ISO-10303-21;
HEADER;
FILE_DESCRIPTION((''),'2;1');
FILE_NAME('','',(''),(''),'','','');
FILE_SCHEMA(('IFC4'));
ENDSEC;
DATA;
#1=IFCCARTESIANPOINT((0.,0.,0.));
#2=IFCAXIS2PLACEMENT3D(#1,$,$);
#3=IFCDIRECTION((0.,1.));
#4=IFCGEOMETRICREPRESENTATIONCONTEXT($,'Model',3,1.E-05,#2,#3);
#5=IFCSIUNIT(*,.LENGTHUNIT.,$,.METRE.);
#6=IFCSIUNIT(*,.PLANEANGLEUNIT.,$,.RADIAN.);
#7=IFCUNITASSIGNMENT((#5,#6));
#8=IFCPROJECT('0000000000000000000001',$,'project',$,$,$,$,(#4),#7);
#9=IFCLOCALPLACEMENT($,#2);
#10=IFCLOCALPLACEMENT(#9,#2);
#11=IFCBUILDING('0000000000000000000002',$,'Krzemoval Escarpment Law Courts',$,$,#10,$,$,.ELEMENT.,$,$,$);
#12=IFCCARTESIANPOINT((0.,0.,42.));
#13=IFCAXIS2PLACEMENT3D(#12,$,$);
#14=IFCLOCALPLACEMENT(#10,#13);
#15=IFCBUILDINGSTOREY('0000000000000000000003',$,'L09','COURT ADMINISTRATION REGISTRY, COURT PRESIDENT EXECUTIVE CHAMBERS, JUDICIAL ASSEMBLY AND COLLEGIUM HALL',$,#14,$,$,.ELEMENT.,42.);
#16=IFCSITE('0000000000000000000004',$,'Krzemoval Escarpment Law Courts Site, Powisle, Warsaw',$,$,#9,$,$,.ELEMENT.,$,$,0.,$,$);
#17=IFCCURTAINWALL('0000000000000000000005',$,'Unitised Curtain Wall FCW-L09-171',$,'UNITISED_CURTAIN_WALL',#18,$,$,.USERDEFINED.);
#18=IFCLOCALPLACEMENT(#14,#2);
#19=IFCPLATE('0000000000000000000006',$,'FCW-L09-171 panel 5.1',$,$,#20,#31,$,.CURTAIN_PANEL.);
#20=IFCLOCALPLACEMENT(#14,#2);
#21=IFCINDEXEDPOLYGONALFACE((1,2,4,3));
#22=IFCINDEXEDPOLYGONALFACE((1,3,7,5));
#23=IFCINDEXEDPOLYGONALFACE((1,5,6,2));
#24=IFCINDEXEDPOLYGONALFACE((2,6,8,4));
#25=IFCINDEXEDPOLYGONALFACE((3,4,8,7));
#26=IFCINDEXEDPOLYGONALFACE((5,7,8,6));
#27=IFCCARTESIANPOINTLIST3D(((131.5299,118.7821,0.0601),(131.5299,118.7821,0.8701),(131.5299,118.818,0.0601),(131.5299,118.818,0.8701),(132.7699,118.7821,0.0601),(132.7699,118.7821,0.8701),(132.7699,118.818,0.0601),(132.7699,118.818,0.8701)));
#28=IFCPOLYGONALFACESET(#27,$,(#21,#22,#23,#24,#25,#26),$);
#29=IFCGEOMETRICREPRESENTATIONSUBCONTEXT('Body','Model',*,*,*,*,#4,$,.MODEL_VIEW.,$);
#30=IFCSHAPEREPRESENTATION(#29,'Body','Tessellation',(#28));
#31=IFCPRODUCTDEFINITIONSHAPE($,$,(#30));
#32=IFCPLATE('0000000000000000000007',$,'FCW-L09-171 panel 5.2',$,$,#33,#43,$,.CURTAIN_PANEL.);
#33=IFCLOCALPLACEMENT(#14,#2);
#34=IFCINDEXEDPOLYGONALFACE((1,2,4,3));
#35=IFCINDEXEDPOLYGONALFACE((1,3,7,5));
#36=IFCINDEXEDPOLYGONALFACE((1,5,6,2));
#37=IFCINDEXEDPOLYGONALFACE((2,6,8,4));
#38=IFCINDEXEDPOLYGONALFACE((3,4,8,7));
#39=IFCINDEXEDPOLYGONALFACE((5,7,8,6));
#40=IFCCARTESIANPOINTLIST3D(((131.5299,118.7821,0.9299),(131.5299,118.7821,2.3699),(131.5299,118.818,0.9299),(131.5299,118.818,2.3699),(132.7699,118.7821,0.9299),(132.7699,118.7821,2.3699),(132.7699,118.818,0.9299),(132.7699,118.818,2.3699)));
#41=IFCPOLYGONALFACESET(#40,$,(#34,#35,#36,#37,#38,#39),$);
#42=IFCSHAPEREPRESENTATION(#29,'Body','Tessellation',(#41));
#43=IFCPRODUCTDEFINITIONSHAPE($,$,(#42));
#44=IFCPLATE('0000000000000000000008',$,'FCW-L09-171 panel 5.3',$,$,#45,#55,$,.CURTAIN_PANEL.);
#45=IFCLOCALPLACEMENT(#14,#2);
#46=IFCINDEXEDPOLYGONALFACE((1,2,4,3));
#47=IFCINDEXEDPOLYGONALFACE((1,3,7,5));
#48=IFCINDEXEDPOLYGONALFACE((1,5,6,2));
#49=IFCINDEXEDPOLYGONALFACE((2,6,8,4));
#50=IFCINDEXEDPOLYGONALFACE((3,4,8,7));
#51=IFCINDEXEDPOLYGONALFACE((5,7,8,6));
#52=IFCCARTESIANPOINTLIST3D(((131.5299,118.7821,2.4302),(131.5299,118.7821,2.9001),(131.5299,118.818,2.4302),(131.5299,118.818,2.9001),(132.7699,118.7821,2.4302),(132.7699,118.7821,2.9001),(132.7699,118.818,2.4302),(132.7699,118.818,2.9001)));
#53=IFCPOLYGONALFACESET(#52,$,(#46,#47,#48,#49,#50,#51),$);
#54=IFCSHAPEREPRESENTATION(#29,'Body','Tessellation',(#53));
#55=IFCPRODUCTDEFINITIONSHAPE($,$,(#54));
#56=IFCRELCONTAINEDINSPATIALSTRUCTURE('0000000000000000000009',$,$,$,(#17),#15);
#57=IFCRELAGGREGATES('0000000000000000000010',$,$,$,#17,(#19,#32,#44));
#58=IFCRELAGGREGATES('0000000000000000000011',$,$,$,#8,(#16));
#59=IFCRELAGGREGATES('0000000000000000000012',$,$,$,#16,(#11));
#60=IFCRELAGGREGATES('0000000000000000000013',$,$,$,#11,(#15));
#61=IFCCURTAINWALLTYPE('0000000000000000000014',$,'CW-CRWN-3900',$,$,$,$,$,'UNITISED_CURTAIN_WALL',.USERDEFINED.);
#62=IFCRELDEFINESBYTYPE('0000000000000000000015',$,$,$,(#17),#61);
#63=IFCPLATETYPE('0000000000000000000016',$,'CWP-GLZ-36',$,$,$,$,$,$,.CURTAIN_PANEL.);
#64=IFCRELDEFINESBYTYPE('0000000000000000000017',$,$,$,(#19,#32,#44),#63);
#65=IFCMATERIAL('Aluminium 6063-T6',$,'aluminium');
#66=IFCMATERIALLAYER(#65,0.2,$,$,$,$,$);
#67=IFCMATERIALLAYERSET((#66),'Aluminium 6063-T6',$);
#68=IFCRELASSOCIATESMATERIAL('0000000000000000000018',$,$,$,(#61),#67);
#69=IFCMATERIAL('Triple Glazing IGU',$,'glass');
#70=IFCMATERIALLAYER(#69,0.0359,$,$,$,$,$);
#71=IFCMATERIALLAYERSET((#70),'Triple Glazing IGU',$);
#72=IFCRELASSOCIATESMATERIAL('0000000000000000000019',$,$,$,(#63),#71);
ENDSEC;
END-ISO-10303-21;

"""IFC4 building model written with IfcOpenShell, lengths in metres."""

from ifc_helpers import new_model, si_unit, direction, frame, origin, origin_2d, place, context, subcontext, project, spatial, rectangle, extrude, material, layer, layer_set, type_object, element, aggregate, save


model = new_model("IFC4")

# Units and contexts
model_context = context("Model", 3, precision=1e-05, world=origin(), true_north=direction((0.0, 1.0)))
body_context = subcontext(model_context, "Body", "Model", "MODEL_VIEW")
ifc_project = project(units=[si_unit("LENGTHUNIT", "METRE"), si_unit("PLANEANGLEUNIT", "RADIAN")], contexts=[model_context])

# Site, building, storey
site_placement = place(None, origin())
site = spatial("IfcSite", under=ifc_project, at=site_placement, Name="Krzemoval Escarpment Law Courts Site, Powisle, Warsaw", CompositionType="ELEMENT", RefElevation=0.0)
building_placement = place(site_placement, origin())
building = spatial("IfcBuilding", under=site, at=building_placement, Name="Krzemoval Escarpment Law Courts", CompositionType="ELEMENT")
storey_placement = place(building_placement, frame((0.0, 0.0, 42.0)))
storey = spatial("IfcBuildingStorey", under=building, at=storey_placement, Name="L09", Description="COURT ADMINISTRATION REGISTRY, COURT PRESIDENT EXECUTIVE CHAMBERS, JUDICIAL ASSEMBLY AND COLLEGIUM HALL", CompositionType="ELEMENT", Elevation=42.0)

# Curtain wall, plates
ifc_material_1 = material(Name="Aluminium 6063-T6", Category="aluminium")
ifc_layer_1 = layer(ifc_material_1, 0.2)
ifc_layer_set_1 = layer_set([ifc_layer_1], Name="Aluminium 6063-T6")
curtain_wall_type = type_object("IfcCurtainWallType", Name="CW-CRWN-3900", ElementType="UNITISED_CURTAIN_WALL", PredefinedType="USERDEFINED", material=ifc_layer_set_1)
curtain_wall_placement = place(storey_placement, origin())
curtain_wall = element("IfcCurtainWall", 1, at=curtain_wall_placement, inside=storey, type_object=curtain_wall_type, Name="Unitised Curtain Wall FCW-L09-171", ObjectType="UNITISED_CURTAIN_WALL", PredefinedType="USERDEFINED")
ifc_material_2 = material(Name="Triple Glazing IGU", Category="glass")
ifc_layer_2 = layer(ifc_material_2, 0.0359)
ifc_layer_set_2 = layer_set([ifc_layer_2], Name="Triple Glazing IGU")
plate_type = type_object("IfcPlateType", Name="CWP-GLZ-36", PredefinedType="CURTAIN_PANEL", material=ifc_layer_set_2)
plate_1_placement = place(storey_placement, frame((132.1499, 118.8, 0.0601), z_axis=(0.0, 0.0, 1.0), x_axis=(1.0, 0.0, 0.0)))
plate_1 = element("IfcPlate", 2, at=plate_1_placement, type_object=plate_type, Name="FCW-L09-171 panel 5.1", PredefinedType="CURTAIN_PANEL", context=body_context, shape_type="SweptSolid", body=[
    extrude(rectangle(XDim=1.24, YDim=0.0359, at=origin_2d()), origin(), (0.0, 0.0, 1.0), 0.8101),
])
plate_2_placement = place(storey_placement, frame((132.1499, 118.8, 0.9299), z_axis=(0.0, 0.0, 1.0), x_axis=(1.0, 0.0, 0.0)))
plate_2 = element("IfcPlate", 3, at=plate_2_placement, type_object=plate_type, Name="FCW-L09-171 panel 5.2", PredefinedType="CURTAIN_PANEL", context=body_context, shape_type="SweptSolid", body=[
    extrude(rectangle(XDim=1.24, YDim=0.0359, at=origin_2d()), origin(), (0.0, 0.0, 1.0), 1.4399),
])
plate_3_placement = place(storey_placement, frame((132.1499, 118.8, 2.4302), z_axis=(0.0, 0.0, 1.0), x_axis=(1.0, 0.0, 0.0)))
plate_3 = element("IfcPlate", 4, at=plate_3_placement, type_object=plate_type, Name="FCW-L09-171 panel 5.3", PredefinedType="CURTAIN_PANEL", context=body_context, shape_type="SweptSolid", body=[
    extrude(rectangle(XDim=1.24, YDim=0.0359, at=origin_2d()), origin(), (0.0, 0.0, 1.0), 0.47),
])
aggregate(curtain_wall, [plate_1, plate_2, plate_3])

save(model, "model.ifc")
